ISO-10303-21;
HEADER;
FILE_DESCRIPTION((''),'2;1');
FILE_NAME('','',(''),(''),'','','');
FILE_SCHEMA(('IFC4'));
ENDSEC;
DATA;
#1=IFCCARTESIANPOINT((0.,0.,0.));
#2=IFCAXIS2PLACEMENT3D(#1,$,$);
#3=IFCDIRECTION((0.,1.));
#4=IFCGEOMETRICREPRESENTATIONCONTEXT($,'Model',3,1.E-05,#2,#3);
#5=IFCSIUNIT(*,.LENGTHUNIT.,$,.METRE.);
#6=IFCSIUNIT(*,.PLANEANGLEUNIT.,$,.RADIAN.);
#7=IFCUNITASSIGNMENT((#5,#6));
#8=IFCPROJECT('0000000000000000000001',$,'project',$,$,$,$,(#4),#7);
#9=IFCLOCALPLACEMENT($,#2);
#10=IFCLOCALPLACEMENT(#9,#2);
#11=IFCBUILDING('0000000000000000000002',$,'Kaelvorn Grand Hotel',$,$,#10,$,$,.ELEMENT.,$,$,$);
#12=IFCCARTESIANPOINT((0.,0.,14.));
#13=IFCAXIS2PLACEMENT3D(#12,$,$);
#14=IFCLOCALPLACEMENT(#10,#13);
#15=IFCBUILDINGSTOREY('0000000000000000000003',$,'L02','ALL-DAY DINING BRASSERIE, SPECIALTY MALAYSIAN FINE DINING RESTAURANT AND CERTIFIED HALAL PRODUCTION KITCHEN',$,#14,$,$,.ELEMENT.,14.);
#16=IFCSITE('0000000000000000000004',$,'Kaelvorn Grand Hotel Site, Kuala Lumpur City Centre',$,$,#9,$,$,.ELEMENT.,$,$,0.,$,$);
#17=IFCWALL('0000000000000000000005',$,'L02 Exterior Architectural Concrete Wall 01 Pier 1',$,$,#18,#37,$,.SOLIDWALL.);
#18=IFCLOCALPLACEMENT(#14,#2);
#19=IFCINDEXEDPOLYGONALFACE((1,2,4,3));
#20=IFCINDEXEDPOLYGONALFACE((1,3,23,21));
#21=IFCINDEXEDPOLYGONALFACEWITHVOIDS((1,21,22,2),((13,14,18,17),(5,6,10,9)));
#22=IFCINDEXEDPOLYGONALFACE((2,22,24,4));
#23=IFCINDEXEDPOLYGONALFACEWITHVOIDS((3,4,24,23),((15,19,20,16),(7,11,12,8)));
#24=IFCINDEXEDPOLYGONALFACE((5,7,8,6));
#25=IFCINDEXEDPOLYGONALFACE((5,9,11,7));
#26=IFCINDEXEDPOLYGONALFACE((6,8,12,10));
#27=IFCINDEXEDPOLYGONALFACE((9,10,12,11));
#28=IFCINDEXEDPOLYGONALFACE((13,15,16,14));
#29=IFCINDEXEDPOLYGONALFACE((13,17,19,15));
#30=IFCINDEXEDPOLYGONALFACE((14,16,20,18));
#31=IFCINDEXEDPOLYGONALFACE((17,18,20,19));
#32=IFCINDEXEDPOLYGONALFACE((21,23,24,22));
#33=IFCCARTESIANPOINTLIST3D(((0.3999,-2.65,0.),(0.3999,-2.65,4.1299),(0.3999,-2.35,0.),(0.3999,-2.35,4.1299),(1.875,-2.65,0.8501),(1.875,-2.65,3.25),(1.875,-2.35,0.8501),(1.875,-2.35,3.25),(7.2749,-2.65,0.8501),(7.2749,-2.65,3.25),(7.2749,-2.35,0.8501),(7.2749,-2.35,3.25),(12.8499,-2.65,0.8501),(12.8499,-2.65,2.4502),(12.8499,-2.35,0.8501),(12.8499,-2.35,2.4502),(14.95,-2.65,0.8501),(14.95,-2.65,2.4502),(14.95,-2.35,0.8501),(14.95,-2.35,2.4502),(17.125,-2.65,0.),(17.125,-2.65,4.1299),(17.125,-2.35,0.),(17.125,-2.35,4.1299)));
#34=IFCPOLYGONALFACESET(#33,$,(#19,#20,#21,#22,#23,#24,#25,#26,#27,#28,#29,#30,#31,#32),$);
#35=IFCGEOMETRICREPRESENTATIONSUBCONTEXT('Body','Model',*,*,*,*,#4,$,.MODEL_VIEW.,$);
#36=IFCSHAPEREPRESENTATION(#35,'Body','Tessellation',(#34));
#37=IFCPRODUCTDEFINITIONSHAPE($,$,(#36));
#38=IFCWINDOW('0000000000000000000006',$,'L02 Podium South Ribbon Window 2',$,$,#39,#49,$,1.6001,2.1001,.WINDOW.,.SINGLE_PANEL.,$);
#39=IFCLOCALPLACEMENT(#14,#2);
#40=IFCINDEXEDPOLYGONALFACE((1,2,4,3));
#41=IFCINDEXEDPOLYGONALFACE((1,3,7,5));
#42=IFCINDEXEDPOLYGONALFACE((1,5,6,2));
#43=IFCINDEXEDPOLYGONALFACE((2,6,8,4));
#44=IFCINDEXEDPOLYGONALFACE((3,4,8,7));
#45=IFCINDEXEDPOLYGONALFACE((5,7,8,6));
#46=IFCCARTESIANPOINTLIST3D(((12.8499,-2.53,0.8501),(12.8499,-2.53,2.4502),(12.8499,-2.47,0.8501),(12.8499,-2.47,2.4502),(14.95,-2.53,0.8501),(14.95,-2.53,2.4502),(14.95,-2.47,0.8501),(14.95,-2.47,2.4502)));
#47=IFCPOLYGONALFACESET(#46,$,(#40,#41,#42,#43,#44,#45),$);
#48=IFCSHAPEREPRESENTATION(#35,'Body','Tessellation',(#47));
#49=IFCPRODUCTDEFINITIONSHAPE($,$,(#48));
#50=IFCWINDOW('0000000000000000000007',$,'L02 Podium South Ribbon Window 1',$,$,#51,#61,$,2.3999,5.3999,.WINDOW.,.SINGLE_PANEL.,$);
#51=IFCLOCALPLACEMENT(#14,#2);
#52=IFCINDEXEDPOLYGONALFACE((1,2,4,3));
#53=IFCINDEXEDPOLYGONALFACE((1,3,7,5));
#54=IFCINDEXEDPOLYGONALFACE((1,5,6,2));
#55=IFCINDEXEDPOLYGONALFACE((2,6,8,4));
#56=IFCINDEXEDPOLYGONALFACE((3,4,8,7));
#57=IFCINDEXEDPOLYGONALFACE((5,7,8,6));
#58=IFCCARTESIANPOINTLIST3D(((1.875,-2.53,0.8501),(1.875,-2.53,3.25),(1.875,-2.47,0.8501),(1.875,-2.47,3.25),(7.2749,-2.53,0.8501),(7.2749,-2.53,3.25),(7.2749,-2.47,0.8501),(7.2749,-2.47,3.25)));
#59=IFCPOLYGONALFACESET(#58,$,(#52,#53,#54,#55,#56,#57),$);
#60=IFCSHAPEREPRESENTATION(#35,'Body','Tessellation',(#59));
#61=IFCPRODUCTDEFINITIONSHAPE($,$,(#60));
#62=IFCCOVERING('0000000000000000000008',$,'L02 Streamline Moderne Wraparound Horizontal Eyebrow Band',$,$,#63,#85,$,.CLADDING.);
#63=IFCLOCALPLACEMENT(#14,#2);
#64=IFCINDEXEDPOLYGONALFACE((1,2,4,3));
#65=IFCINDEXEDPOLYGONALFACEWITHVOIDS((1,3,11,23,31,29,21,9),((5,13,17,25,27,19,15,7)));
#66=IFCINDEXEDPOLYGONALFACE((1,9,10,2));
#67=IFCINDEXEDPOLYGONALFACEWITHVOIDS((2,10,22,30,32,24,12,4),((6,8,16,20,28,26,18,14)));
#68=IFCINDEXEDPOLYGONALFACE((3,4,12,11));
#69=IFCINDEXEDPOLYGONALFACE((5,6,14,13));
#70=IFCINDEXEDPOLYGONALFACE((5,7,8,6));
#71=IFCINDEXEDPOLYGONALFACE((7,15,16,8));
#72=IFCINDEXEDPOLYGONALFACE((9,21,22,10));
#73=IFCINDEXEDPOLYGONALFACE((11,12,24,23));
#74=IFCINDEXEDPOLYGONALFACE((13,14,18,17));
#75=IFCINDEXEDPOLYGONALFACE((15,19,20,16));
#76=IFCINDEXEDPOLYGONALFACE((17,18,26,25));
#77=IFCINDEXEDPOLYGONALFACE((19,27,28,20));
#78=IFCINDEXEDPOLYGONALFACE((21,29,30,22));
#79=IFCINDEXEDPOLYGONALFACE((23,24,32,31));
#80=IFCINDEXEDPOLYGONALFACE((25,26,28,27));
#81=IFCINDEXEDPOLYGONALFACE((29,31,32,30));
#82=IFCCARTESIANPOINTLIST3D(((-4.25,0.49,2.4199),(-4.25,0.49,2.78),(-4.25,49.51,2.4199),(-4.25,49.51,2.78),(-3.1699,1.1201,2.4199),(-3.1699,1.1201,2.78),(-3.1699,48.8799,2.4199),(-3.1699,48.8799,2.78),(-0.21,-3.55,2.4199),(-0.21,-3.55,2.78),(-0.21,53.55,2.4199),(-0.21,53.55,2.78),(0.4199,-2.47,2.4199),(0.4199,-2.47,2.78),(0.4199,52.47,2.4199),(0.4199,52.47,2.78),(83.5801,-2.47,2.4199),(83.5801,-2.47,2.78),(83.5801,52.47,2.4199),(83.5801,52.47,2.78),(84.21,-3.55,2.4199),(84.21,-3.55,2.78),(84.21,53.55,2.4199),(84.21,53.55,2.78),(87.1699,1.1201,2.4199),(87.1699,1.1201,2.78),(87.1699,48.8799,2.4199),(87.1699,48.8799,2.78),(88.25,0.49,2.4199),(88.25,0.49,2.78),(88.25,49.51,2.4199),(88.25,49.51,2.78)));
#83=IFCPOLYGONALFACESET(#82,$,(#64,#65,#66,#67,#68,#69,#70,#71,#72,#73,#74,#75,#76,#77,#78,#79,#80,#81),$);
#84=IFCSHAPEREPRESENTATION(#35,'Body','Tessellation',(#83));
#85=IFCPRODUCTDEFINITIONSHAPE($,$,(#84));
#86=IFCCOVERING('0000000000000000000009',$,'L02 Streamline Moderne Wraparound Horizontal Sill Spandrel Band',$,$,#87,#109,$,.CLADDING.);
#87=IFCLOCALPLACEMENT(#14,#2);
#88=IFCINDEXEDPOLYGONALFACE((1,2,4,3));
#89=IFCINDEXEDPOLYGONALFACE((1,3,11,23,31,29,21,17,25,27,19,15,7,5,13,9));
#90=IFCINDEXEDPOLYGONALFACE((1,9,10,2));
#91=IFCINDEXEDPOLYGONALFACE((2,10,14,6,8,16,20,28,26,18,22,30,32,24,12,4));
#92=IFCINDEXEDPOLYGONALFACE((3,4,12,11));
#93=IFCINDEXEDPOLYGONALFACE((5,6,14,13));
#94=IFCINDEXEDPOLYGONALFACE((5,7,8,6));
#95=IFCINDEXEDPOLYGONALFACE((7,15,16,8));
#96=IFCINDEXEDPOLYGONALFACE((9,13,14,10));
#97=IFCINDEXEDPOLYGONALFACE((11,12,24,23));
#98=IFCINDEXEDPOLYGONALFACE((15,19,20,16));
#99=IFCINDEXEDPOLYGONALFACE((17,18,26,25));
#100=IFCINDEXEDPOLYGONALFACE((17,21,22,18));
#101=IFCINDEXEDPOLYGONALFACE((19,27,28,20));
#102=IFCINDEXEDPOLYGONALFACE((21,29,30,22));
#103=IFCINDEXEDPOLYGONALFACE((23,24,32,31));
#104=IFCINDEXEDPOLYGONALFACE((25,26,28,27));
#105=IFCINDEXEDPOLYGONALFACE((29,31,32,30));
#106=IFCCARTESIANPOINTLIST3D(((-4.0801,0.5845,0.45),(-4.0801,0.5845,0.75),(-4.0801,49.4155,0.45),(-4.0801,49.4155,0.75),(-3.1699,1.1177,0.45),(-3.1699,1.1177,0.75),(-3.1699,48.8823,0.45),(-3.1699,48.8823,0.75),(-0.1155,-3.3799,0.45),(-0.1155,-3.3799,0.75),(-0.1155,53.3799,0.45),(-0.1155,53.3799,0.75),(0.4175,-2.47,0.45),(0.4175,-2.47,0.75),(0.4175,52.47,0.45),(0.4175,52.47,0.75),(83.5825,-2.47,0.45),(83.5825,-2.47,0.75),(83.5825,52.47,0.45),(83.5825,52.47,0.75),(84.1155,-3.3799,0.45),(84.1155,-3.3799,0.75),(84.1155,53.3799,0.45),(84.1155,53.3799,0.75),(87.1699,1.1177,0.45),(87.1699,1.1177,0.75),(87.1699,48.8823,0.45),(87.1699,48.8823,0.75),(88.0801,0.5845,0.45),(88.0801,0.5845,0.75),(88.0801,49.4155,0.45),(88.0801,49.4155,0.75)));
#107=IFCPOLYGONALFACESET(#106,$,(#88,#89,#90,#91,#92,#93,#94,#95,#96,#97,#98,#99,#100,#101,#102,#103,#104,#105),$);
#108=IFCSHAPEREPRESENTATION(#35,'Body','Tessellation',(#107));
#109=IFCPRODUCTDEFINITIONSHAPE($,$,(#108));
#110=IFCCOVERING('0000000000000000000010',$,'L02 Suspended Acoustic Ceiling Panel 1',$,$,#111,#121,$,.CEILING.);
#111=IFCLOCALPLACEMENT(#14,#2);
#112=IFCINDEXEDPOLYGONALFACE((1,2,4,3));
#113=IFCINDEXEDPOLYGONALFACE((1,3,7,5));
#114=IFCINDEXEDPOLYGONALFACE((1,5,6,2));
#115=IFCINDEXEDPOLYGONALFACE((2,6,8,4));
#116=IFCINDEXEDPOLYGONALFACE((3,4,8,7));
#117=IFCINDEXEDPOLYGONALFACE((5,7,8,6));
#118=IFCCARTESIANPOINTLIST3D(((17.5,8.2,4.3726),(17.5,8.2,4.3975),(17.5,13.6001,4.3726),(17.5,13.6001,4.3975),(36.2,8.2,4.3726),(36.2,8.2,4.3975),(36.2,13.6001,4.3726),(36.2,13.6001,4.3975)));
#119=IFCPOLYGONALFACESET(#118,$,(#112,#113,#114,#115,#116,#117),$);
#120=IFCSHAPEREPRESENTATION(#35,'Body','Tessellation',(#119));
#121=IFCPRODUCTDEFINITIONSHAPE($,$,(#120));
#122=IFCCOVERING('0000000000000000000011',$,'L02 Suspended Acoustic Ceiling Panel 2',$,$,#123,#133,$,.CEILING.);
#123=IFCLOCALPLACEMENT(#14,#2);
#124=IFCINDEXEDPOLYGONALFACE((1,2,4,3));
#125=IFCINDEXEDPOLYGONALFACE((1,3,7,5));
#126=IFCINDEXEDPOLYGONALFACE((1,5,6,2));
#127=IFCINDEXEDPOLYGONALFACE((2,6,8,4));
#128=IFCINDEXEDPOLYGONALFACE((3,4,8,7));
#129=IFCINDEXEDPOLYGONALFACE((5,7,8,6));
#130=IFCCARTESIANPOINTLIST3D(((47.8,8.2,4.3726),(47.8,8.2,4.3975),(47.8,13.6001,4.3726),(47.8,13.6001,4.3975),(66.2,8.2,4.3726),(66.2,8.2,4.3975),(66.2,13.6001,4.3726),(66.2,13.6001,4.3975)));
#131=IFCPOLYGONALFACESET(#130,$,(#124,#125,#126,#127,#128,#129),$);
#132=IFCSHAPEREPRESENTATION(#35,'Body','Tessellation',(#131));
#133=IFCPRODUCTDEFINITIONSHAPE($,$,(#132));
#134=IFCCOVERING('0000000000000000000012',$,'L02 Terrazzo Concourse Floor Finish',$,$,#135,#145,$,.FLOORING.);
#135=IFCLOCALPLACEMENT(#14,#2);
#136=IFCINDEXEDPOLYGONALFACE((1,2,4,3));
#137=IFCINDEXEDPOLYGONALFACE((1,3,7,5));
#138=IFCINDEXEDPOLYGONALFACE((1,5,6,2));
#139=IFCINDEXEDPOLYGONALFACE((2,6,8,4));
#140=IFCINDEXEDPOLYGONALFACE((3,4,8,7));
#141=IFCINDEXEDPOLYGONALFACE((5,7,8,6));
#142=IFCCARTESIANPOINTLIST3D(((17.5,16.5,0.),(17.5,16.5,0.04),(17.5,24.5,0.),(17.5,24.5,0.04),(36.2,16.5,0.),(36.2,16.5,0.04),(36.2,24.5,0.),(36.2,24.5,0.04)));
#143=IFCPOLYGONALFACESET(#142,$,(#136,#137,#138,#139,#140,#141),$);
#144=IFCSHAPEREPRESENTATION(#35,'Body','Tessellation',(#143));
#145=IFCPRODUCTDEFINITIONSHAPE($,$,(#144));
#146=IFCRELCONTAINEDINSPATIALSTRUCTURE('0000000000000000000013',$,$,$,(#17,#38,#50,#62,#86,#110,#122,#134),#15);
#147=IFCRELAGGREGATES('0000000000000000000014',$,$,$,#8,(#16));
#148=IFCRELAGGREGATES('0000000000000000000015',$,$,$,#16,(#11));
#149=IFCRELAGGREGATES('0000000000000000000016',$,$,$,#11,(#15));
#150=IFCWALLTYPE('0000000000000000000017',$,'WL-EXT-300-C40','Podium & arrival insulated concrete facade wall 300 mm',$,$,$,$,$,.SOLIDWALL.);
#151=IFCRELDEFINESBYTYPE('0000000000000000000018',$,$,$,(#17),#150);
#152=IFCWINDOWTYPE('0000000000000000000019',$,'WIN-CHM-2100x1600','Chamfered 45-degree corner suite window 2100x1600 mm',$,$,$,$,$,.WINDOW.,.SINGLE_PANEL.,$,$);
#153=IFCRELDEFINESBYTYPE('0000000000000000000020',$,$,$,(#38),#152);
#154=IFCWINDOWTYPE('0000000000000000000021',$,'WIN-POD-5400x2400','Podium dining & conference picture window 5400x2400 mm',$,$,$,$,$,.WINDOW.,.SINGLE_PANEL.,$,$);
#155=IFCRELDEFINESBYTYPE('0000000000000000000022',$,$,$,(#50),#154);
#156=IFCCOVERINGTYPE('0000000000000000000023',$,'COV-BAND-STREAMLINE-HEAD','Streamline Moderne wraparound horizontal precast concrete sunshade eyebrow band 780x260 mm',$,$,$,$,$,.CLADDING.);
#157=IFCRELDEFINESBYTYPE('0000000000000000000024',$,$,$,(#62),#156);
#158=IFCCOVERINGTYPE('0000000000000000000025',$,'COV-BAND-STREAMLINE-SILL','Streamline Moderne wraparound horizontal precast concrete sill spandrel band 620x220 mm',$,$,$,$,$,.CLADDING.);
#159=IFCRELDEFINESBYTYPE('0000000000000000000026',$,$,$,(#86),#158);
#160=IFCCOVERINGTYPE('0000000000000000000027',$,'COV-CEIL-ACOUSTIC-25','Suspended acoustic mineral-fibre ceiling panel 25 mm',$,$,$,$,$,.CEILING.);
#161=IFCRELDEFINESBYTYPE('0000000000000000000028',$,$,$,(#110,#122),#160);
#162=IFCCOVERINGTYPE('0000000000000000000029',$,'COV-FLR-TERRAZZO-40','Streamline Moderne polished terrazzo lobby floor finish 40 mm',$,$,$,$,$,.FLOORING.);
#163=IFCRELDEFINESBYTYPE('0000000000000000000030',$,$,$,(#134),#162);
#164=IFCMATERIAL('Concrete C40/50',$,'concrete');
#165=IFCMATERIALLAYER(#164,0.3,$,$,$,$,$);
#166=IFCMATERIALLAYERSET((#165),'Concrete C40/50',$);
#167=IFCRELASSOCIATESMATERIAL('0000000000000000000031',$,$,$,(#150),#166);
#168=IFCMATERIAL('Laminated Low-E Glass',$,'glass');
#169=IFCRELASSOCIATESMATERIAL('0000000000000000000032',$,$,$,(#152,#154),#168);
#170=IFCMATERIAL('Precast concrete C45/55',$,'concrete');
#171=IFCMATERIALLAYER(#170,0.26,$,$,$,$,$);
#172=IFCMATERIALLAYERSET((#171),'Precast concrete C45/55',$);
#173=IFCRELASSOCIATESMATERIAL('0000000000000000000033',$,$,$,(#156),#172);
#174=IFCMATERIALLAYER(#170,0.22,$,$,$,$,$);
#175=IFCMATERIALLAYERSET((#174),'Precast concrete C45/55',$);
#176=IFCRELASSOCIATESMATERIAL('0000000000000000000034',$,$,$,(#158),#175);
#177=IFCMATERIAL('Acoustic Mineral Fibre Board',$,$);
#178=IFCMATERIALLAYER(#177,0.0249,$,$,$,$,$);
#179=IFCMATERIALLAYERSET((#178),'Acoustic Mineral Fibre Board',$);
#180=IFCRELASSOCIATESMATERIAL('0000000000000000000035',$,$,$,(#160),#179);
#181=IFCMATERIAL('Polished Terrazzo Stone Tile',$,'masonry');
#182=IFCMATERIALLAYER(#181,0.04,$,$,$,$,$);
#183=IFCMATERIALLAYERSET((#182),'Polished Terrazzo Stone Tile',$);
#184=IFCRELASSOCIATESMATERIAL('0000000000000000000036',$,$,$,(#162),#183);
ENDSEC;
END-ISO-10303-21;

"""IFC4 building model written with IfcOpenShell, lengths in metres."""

from ifc_helpers import new_model, si_unit, direction, frame, frame_2d, origin, place, context, subcontext, project, spatial, polyline, rectangle, outline, extrude, material, layer, layer_set, type_object, element, fill, save


model = new_model("IFC4")

# Units and contexts
model_context = context("Model", 3, precision=1e-05, world=origin(), true_north=direction((0.0, 1.0)))
body_context = subcontext(model_context, "Body", "Model", "MODEL_VIEW")
ifc_project = project(units=[si_unit("LENGTHUNIT", "METRE"), si_unit("PLANEANGLEUNIT", "RADIAN")], contexts=[model_context])

# Site, building, storey
site_placement = place(None, origin())
site = spatial("IfcSite", under=ifc_project, at=site_placement, Name="Kaelvorn Grand Hotel Site, Kuala Lumpur City Centre", CompositionType="ELEMENT", RefElevation=0.0)
building_placement = place(site_placement, origin())
building = spatial("IfcBuilding", under=site, at=building_placement, Name="Kaelvorn Grand Hotel", CompositionType="ELEMENT")
storey_placement = place(building_placement, frame((0.0, 0.0, 14.0)))
storey = spatial("IfcBuildingStorey", under=building, at=storey_placement, Name="L02", Description="ALL-DAY DINING BRASSERIE, SPECIALTY MALAYSIAN FINE DINING RESTAURANT AND CERTIFIED HALAL PRODUCTION KITCHEN", CompositionType="ELEMENT", Elevation=14.0)

# Shared definitions
ifc_material_1 = material(Name="Concrete C40/50", Category="concrete")

# Wall, openings, windows
ifc_layer_1 = layer(ifc_material_1, 0.3)
ifc_layer_set_1 = layer_set([ifc_layer_1], Name="Concrete C40/50")
wall_type = type_object("IfcWallType", Name="WL-EXT-300-C40", Description="Podium & arrival insulated concrete facade wall 300 mm", PredefinedType="SOLIDWALL", material=ifc_layer_set_1)
wall_placement = place(storey_placement, frame((0.3999, -2.5, 0.0), z_axis=(0.0, 0.0, 1.0), x_axis=(1.0, 0.0, 0.0)))
wall = element("IfcWall", 1, at=wall_placement, inside=storey, type_object=wall_type, Name="L02 Exterior Architectural Concrete Wall 01 Pier 1", PredefinedType="SOLIDWALL", context=body_context, shape_type="SweptSolid", body=[
    extrude(rectangle(XDim=16.7251, YDim=0.3, at=frame_2d((8.3625, 0.0))), origin(), (0.0, 0.0, 1.0), 4.1299),
])
opening_1_placement = place(wall_placement, frame((1.4751, 0.0, 0.8501)))
opening_1 = element("IfcOpeningElement", 2, at=opening_1_placement, cuts=wall, PredefinedType="OPENING", context=body_context, shape_type="SweptSolid", body=[
    extrude(rectangle(XDim=5.3999, YDim=2.3999, at=frame_2d((2.7, 1.2))), frame((0.0, 0.1602, 0.0), z_axis=(0.0, -1.0, 0.0), x_axis=(1.0, 0.0, 0.0)), (0.0, 0.0, 1.0), 0.3201),
])
opening_2_placement = place(wall_placement, frame((12.45, 0.0, 0.8501)))
opening_2 = element("IfcOpeningElement", 3, at=opening_2_placement, cuts=wall, PredefinedType="OPENING", context=body_context, shape_type="SweptSolid", body=[
    extrude(rectangle(XDim=2.1001, YDim=1.6001, at=frame_2d((1.05, 0.8))), frame((0.0, 0.1602, 0.0), z_axis=(0.0, -1.0, 0.0), x_axis=(1.0, 0.0, 0.0)), (0.0, 0.0, 1.0), 0.3201),
])
ifc_material_2 = material(Name="Laminated Low-E Glass", Category="glass")
window_type_1 = type_object("IfcWindowType", Name="WIN-CHM-2100x1600", Description="Chamfered 45-degree corner suite window 2100x1600 mm", PartitioningType="SINGLE_PANEL", PredefinedType="WINDOW", material=ifc_material_2)
window_1_placement = place(opening_2_placement, origin())
window_1 = element("IfcWindow", 4, at=window_1_placement, inside=storey, type_object=window_type_1, Name="L02 Podium South Ribbon Window 2", OverallHeight=1.6001, OverallWidth=2.1001, PartitioningType="SINGLE_PANEL", PredefinedType="WINDOW", context=body_context, shape_type="SweptSolid", body=[
    extrude(rectangle(XDim=2.1001, YDim=1.6001, at=frame_2d((1.05, 0.8))), frame((0.0, 0.03, 0.0), z_axis=(0.0, -1.0, 0.0), x_axis=(1.0, 0.0, 0.0)), (0.0, 0.0, 1.0), 0.0601),
])
fill(opening_2, window_1)
window_type_2 = type_object("IfcWindowType", Name="WIN-POD-5400x2400", Description="Podium dining & conference picture window 5400x2400 mm", PartitioningType="SINGLE_PANEL", PredefinedType="WINDOW", material=ifc_material_2)
window_2_placement = place(opening_1_placement, origin())
window_2 = element("IfcWindow", 5, at=window_2_placement, inside=storey, type_object=window_type_2, Name="L02 Podium South Ribbon Window 1", OverallHeight=2.3999, OverallWidth=5.3999, PartitioningType="SINGLE_PANEL", PredefinedType="WINDOW", context=body_context, shape_type="SweptSolid", body=[
    extrude(rectangle(XDim=5.3999, YDim=2.3999, at=frame_2d((2.7, 1.2))), frame((0.0, 0.03, 0.0), z_axis=(0.0, -1.0, 0.0), x_axis=(1.0, 0.0, 0.0)), (0.0, 0.0, 1.0), 0.0601),
])
fill(opening_1, window_2)

# Coverings
ifc_material_3 = material(Name="Precast concrete C45/55", Category="concrete")
ifc_layer_2 = layer(ifc_material_3, 0.26)
ifc_layer_set_2 = layer_set([ifc_layer_2], Name="Precast concrete C45/55")
covering_type_1 = type_object("IfcCoveringType", Name="COV-BAND-STREAMLINE-HEAD", Description="Streamline Moderne wraparound horizontal precast concrete sunshade eyebrow band 780x260 mm", PredefinedType="CLADDING", material=ifc_layer_set_2)
covering_1_placement = place(storey_placement, frame((0.0, 0.0, 2.4199)))
element("IfcCovering", 6, at=covering_1_placement, inside=storey, type_object=covering_type_1, Name="L02 Streamline Moderne Wraparound Horizontal Eyebrow Band", PredefinedType="CLADDING", context=body_context, shape_type="SweptSolid", body=[
    extrude(outline(polyline([(-0.21, -3.55), (84.21, -3.55), (88.25, 0.49), (88.25, 49.51), (84.21, 53.55), (-0.21, 53.55), (-4.25, 49.51), (-4.25, 0.49), (-0.21, -3.55)]), holes=[polyline([(0.4199, -2.47), (83.5801, -2.47), (87.1699, 1.1201), (87.1699, 48.8799), (83.5801, 52.47), (0.4199, 52.47), (-3.1699, 48.8799), (-3.1699, 1.1201), (0.4199, -2.47)])]), origin(), (0.0, 0.0, 1.0), 0.3601),
])
ifc_layer_3 = layer(ifc_material_3, 0.22)
ifc_layer_set_3 = layer_set([ifc_layer_3], Name="Precast concrete C45/55")
covering_type_2 = type_object("IfcCoveringType", Name="COV-BAND-STREAMLINE-SILL", Description="Streamline Moderne wraparound horizontal precast concrete sill spandrel band 620x220 mm", PredefinedType="CLADDING", material=ifc_layer_set_3)
covering_2_placement = place(storey_placement, frame((0.0, 0.0, 0.45)))
element("IfcCovering", 7, at=covering_2_placement, inside=storey, type_object=covering_type_2, Name="L02 Streamline Moderne Wraparound Horizontal Sill Spandrel Band", PredefinedType="CLADDING", context=body_context, shape_type="SweptSolid", body=[
    extrude(outline(polyline([(84.1155, -3.3799), (88.0801, 0.5845), (88.0801, 49.4155), (84.1155, 53.3799), (-0.1155, 53.3799), (-4.0801, 49.4155), (-4.0801, 0.5845), (-0.1155, -3.3799), (0.4175, -2.47), (-3.1699, 1.1177), (-3.1699, 48.8823), (0.4175, 52.47), (83.5825, 52.47), (87.1699, 48.8823), (87.1699, 1.1177), (83.5825, -2.47), (84.1155, -3.3799)])), origin(), (0.0, 0.0, 1.0), 0.3),
])
ifc_material_4 = material(Name="Acoustic Mineral Fibre Board")
ifc_layer_4 = layer(ifc_material_4, 0.0249)
ifc_layer_set_4 = layer_set([ifc_layer_4], Name="Acoustic Mineral Fibre Board")
covering_type_3 = type_object("IfcCoveringType", Name="COV-CEIL-ACOUSTIC-25", Description="Suspended acoustic mineral-fibre ceiling panel 25 mm", PredefinedType="CEILING", material=ifc_layer_set_4)
covering_3_placement = place(storey_placement, frame((0.0, 0.0, 4.3726)))
element("IfcCovering", 8, at=covering_3_placement, inside=storey, type_object=covering_type_3, Name="L02 Suspended Acoustic Ceiling Panel 1", PredefinedType="CEILING", context=body_context, shape_type="SweptSolid", body=[
    extrude(outline(polyline([(17.5, 8.2), (36.2, 8.2), (36.2, 13.6001), (17.5, 13.6001), (17.5, 8.2)])), origin(), (0.0, 0.0, 1.0), 0.0249),
])
covering_4_placement = place(storey_placement, frame((0.0, 0.0, 4.3726)))
element("IfcCovering", 9, at=covering_4_placement, inside=storey, type_object=covering_type_3, Name="L02 Suspended Acoustic Ceiling Panel 2", PredefinedType="CEILING", context=body_context, shape_type="SweptSolid", body=[
    extrude(outline(polyline([(47.8, 8.2), (66.2, 8.2), (66.2, 13.6001), (47.8, 13.6001), (47.8, 8.2)])), origin(), (0.0, 0.0, 1.0), 0.0249),
])
ifc_material_5 = material(Name="Polished Terrazzo Stone Tile", Category="masonry")
ifc_layer_5 = layer(ifc_material_5, 0.04)
ifc_layer_set_5 = layer_set([ifc_layer_5], Name="Polished Terrazzo Stone Tile")
covering_type_4 = type_object("IfcCoveringType", Name="COV-FLR-TERRAZZO-40", Description="Streamline Moderne polished terrazzo lobby floor finish 40 mm", PredefinedType="FLOORING", material=ifc_layer_set_5)
covering_5_placement = place(storey_placement, origin())
element("IfcCovering", 10, at=covering_5_placement, inside=storey, type_object=covering_type_4, Name="L02 Terrazzo Concourse Floor Finish", PredefinedType="FLOORING", context=body_context, shape_type="SweptSolid", body=[
    extrude(outline(polyline([(17.5, 16.5), (36.2, 16.5), (36.2, 24.5), (17.5, 24.5), (17.5, 16.5)])), origin(), (0.0, 0.0, 1.0), 0.04),
])

save(model, "model.ifc")
